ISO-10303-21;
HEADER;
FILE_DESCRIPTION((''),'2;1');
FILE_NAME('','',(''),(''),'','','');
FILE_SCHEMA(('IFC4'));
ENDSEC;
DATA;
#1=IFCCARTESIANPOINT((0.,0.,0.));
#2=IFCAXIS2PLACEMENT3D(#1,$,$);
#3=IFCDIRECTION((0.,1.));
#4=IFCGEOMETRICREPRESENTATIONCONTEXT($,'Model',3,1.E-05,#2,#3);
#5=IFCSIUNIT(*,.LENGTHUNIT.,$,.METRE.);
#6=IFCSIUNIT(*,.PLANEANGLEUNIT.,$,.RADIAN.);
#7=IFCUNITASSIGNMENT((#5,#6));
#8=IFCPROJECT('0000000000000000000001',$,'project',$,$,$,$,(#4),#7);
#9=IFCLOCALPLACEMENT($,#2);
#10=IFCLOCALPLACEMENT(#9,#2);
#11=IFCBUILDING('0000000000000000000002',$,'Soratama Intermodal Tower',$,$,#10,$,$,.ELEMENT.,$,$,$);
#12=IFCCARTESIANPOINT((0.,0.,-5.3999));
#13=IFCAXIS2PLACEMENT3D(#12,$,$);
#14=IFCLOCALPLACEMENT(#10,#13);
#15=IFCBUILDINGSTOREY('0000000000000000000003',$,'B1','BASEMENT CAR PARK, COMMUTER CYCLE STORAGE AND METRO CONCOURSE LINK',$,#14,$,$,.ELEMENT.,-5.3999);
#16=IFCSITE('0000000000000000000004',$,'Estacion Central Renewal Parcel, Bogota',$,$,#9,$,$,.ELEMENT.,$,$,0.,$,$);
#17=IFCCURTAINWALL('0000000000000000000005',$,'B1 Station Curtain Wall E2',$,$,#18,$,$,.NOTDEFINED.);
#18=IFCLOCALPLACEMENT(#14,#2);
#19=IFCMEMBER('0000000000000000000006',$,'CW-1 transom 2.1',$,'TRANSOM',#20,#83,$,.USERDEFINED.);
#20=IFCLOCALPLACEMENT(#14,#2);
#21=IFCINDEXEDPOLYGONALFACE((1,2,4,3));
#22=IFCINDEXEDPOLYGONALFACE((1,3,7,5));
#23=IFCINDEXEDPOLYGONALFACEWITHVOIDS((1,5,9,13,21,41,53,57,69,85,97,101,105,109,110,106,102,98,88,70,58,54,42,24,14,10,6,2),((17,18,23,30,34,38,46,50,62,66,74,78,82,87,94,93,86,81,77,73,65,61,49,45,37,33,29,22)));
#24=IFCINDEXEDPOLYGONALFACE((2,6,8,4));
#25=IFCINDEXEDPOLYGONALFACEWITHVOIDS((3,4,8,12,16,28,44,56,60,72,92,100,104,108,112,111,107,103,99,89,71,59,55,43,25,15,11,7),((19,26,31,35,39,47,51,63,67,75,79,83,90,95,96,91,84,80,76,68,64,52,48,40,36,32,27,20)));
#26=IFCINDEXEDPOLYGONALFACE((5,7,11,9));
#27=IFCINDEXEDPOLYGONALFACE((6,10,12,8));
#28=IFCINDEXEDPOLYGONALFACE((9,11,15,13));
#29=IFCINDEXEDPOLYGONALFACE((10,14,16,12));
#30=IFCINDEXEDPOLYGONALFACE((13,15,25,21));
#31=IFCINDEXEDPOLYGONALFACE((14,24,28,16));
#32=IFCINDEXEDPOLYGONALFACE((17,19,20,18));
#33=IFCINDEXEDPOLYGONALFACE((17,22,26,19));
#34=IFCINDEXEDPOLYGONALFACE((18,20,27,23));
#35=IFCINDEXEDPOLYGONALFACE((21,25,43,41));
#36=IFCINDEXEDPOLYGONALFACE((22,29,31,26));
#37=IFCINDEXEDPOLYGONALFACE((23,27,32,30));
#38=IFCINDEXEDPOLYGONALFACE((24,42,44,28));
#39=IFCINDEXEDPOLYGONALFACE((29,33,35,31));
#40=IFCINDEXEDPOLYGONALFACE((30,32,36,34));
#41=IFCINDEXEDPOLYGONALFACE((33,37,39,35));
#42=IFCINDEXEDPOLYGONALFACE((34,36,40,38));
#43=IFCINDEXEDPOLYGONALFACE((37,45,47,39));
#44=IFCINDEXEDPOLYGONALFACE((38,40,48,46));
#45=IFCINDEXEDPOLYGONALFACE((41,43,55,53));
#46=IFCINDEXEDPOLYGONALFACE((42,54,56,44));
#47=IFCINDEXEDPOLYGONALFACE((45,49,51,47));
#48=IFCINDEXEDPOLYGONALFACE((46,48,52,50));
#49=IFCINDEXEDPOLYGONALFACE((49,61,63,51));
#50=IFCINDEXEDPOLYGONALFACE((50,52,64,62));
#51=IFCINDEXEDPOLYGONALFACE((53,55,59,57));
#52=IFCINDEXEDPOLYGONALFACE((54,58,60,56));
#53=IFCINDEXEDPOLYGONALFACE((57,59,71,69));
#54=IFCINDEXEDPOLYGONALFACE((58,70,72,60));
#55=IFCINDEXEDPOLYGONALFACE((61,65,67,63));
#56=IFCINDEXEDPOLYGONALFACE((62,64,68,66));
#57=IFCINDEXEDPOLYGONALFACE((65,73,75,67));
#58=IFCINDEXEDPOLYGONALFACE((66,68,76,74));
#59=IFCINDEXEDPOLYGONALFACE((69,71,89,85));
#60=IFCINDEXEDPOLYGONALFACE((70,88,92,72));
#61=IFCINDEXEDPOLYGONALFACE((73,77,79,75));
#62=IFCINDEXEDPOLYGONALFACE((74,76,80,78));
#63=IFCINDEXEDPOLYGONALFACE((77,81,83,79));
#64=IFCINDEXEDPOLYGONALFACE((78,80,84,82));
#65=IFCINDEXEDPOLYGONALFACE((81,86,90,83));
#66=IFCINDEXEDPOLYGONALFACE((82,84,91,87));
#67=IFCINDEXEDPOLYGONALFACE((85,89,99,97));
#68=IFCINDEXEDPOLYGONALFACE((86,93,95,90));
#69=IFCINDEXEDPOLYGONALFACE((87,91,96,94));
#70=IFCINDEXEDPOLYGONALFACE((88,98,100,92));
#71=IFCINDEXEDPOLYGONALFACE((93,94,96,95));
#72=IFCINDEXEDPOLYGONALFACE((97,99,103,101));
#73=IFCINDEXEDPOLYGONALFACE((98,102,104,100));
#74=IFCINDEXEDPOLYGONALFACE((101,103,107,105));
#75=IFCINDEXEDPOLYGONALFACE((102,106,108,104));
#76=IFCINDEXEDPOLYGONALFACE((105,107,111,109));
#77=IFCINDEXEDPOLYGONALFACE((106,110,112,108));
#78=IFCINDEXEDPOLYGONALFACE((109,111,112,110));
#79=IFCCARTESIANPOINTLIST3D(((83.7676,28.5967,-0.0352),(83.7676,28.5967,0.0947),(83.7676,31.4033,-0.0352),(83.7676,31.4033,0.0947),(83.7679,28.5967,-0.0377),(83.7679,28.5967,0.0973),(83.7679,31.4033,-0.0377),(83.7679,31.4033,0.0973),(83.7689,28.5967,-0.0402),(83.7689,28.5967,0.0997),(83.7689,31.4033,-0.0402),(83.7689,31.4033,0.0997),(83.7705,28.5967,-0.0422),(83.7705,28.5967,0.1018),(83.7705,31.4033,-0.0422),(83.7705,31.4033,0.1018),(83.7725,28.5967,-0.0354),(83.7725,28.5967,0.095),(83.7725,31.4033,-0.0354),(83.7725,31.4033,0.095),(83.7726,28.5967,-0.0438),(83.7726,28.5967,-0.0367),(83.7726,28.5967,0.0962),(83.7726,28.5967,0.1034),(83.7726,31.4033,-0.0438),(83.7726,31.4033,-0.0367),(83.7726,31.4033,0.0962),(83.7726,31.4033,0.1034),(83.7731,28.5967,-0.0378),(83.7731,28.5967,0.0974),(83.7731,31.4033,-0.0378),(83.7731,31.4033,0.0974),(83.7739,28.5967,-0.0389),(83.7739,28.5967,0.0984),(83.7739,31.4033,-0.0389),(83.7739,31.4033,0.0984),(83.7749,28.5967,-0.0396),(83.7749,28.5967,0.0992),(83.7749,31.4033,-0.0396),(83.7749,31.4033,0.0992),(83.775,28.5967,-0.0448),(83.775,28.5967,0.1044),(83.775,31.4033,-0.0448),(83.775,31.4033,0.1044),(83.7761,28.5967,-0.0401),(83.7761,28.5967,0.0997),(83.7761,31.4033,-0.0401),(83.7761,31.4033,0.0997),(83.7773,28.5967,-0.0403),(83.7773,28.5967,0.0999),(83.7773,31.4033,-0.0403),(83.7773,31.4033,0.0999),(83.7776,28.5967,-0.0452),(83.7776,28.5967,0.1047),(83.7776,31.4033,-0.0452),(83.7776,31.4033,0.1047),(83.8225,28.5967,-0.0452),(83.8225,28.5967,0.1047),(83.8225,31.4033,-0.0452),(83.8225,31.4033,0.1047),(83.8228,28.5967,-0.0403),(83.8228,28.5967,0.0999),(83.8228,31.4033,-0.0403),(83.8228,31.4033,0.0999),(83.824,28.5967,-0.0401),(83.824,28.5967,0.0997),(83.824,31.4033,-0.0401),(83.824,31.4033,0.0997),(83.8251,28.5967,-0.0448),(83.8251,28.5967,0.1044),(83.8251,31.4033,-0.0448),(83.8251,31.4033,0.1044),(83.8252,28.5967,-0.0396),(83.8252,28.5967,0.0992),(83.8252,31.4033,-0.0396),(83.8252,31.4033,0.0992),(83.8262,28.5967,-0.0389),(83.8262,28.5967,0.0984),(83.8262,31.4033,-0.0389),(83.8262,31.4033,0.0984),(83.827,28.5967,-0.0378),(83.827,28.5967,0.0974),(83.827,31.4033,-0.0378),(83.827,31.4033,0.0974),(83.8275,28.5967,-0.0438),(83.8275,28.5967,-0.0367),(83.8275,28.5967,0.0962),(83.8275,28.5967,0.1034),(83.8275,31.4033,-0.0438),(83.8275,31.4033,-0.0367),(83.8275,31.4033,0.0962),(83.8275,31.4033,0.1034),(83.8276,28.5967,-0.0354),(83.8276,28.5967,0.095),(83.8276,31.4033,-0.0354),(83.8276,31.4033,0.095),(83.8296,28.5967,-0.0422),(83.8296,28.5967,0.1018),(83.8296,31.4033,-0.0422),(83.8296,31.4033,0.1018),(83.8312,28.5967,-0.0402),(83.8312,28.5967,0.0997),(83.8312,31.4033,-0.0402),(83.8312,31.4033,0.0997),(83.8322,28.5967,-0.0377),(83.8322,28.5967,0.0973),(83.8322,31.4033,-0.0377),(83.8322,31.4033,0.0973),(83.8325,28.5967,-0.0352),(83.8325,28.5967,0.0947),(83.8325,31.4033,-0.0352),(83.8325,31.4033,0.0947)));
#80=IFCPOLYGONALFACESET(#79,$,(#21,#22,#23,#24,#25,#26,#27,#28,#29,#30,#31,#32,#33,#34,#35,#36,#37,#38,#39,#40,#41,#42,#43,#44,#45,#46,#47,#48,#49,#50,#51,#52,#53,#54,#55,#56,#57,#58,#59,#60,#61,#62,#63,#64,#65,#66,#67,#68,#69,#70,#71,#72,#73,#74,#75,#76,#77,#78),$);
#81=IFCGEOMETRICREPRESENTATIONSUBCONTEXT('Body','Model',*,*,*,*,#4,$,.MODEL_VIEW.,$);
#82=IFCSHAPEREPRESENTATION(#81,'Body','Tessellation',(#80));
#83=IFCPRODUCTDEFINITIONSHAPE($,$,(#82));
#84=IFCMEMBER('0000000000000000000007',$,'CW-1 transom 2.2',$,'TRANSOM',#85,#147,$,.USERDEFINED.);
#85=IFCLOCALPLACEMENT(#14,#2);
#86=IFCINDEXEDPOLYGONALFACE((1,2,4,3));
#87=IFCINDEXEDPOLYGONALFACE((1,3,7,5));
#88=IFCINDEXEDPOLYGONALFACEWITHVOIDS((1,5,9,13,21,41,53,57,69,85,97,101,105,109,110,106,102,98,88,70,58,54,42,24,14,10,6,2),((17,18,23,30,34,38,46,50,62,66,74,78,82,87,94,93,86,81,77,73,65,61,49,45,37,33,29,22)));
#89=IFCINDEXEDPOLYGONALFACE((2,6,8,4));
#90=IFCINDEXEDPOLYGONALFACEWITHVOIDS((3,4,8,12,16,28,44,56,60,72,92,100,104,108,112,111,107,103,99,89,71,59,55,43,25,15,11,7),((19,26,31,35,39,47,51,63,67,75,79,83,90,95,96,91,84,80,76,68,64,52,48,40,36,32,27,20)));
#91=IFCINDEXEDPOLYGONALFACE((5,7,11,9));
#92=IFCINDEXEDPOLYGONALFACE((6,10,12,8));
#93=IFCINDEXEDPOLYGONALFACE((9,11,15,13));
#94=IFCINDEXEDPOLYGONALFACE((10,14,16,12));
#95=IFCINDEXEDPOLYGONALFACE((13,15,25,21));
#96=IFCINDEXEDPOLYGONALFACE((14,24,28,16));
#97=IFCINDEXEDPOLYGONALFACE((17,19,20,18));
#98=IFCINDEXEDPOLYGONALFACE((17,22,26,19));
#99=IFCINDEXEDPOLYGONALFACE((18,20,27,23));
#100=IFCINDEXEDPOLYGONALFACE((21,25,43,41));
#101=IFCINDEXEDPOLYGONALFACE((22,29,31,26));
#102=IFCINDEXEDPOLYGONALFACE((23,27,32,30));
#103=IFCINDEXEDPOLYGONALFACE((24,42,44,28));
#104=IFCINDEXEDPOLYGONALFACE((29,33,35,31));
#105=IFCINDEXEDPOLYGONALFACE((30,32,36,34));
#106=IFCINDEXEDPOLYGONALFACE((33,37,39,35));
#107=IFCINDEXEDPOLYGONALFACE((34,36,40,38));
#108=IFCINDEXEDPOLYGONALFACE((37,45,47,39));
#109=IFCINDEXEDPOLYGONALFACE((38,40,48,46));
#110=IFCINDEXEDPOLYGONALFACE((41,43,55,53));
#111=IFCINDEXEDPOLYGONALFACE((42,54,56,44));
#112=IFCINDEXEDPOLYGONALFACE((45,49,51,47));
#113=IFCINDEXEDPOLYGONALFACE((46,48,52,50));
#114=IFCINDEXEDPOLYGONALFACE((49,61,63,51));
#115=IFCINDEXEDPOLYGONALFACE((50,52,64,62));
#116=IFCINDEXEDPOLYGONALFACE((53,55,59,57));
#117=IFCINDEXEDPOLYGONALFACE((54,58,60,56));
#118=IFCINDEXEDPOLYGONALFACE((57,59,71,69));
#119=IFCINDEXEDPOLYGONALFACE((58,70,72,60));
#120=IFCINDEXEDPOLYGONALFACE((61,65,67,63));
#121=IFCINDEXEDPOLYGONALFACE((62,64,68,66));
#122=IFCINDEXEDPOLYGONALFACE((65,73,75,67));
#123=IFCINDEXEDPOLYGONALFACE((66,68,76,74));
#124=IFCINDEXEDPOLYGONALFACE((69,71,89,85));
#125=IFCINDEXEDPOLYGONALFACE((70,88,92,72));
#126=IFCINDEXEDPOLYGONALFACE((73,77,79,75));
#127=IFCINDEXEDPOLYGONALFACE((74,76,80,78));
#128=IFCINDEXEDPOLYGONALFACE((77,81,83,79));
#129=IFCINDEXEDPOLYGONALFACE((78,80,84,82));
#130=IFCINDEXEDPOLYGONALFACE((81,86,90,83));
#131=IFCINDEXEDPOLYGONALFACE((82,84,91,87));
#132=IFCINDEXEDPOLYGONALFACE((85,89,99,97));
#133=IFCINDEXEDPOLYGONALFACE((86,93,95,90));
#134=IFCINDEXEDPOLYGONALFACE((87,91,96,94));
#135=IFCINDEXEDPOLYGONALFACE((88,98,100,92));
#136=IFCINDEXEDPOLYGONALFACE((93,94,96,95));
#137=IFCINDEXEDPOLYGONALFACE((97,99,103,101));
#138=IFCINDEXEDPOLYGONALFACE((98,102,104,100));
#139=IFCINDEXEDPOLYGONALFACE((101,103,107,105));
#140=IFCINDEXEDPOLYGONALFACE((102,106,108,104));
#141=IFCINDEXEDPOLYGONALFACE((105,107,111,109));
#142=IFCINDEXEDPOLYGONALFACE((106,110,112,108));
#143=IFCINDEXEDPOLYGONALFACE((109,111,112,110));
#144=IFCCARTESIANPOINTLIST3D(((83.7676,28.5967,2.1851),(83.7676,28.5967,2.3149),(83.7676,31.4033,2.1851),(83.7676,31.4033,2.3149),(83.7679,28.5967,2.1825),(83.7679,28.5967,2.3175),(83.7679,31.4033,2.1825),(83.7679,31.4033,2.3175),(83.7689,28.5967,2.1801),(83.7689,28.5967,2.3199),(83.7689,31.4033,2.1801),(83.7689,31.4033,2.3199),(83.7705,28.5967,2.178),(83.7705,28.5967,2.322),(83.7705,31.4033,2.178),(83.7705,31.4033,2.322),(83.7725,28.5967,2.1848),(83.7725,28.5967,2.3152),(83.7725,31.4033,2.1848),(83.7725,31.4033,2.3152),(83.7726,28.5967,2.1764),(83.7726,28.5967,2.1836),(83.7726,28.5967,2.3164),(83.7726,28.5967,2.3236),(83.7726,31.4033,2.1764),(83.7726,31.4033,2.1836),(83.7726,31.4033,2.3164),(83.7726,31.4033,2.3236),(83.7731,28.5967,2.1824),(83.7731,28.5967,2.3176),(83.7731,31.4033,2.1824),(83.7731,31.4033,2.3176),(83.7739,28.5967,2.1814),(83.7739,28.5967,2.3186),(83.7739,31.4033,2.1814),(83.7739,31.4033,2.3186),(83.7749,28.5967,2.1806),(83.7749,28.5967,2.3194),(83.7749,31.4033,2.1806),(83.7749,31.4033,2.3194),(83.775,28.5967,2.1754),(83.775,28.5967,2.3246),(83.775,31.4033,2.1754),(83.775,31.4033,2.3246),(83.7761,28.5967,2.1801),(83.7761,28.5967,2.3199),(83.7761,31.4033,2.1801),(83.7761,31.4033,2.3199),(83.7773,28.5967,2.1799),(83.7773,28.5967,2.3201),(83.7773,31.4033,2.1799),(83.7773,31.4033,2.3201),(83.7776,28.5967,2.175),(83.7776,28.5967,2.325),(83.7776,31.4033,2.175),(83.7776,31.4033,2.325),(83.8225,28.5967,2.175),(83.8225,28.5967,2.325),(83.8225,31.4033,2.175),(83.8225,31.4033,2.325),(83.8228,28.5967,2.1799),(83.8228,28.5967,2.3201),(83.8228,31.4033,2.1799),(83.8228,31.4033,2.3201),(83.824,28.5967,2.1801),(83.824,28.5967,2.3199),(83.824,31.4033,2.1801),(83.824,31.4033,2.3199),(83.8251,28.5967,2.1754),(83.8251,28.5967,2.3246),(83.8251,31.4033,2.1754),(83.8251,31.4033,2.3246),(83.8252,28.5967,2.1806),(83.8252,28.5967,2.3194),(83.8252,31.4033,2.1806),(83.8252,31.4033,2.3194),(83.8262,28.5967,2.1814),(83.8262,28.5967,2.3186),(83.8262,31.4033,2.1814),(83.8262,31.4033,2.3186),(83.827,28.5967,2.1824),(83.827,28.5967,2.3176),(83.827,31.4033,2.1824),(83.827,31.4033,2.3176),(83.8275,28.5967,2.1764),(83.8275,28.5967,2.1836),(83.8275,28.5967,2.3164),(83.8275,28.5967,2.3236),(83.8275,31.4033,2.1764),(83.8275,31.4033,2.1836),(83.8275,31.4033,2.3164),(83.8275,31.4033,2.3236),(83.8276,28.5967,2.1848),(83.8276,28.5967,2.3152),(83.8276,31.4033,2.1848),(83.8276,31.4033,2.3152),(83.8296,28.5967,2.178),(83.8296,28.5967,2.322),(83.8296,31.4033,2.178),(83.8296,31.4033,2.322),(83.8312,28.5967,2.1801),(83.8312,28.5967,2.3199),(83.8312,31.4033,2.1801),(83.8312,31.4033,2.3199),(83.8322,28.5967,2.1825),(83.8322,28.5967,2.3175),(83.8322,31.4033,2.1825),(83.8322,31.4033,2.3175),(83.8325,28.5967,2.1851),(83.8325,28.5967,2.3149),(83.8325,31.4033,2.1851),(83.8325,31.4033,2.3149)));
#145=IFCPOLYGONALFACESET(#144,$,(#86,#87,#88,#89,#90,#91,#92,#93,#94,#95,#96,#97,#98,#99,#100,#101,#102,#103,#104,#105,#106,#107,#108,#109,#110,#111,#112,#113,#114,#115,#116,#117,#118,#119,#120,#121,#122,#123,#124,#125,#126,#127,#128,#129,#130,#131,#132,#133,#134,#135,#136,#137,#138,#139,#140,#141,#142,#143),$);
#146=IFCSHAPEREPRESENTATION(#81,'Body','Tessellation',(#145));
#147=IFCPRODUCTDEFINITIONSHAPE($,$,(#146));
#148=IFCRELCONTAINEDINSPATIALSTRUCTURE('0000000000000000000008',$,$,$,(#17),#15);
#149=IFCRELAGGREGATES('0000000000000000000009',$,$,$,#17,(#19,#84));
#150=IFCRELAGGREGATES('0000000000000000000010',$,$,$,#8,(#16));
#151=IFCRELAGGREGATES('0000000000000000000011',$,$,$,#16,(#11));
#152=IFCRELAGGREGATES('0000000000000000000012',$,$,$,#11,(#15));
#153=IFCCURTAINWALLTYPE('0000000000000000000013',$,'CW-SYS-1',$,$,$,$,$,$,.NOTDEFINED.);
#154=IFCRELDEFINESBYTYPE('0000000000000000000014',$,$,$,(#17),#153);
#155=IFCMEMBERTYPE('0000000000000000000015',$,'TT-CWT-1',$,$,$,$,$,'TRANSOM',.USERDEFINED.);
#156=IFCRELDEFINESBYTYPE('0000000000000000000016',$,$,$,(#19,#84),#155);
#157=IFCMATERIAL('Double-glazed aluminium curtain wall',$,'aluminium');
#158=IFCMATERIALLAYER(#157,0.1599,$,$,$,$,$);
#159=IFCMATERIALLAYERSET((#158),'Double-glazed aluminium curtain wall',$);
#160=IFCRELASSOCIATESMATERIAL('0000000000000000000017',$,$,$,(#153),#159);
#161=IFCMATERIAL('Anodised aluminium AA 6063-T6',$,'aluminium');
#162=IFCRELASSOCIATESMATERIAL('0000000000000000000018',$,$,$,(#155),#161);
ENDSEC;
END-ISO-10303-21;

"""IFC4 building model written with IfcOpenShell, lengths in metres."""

from ifc_helpers import new_model, si_unit, direction, frame, origin, origin_2d, place, context, subcontext, project, spatial, hollow_rectangle, extrude, material, layer, layer_set, material_profile, profile_set, type_object, element, aggregate, save


model = new_model("IFC4")

# Units and contexts
model_context = context("Model", 3, precision=1e-05, world=origin(), true_north=direction((0.0, 1.0)))
body_context = subcontext(model_context, "Body", "Model", "MODEL_VIEW")
ifc_project = project(units=[si_unit("LENGTHUNIT", "METRE"), si_unit("PLANEANGLEUNIT", "RADIAN")], contexts=[model_context])

# Site, building, storey
site_placement = place(None, origin())
site = spatial("IfcSite", under=ifc_project, at=site_placement, Name="Estacion Central Renewal Parcel, Bogota", CompositionType="ELEMENT", RefElevation=0.0)
building_placement = place(site_placement, origin())
building = spatial("IfcBuilding", under=site, at=building_placement, Name="Soratama Intermodal Tower", CompositionType="ELEMENT")
storey_placement = place(building_placement, frame((0.0, 0.0, -5.3999)))
storey = spatial("IfcBuildingStorey", under=building, at=storey_placement, Name="B1", Description="BASEMENT CAR PARK, COMMUTER CYCLE STORAGE AND METRO CONCOURSE LINK", CompositionType="ELEMENT", Elevation=-5.3999)

# Curtain wall, members
ifc_material_1 = material(Name="Double-glazed aluminium curtain wall", Category="aluminium")
ifc_layer_1 = layer(ifc_material_1, 0.1599)
ifc_layer_set_1 = layer_set([ifc_layer_1], Name="Double-glazed aluminium curtain wall")
curtain_wall_type = type_object("IfcCurtainWallType", Name="CW-SYS-1", PredefinedType="NOTDEFINED", material=ifc_layer_set_1)
curtain_wall_placement = place(storey_placement, origin())
curtain_wall = element("IfcCurtainWall", 1, at=curtain_wall_placement, inside=storey, type_object=curtain_wall_type, Name="B1 Station Curtain Wall E2", PredefinedType="NOTDEFINED")
ifc_material_2 = material(Name="Anodised aluminium AA 6063-T6", Category="aluminium")
ifc_material_profile_1 = material_profile(ifc_material_2, hollow_rectangle(XDim=0.0649, YDim=0.1499, WallThickness=0.0049, InnerFilletRadius=0.0049, OuterFilletRadius=0.01, at=origin_2d()), Name="CWT150X65X5")
ifc_profile_set_1 = profile_set([ifc_material_profile_1], Name="Anodised aluminium AA 6063-T6")
member_type_1 = type_object("IfcMemberType", Name="TT-CWT-1", ElementType="TRANSOM", PredefinedType="USERDEFINED", material=ifc_profile_set_1)
member_1_placement = place(storey_placement, frame((83.8, 28.5967, 0.0298), z_axis=(0.0, 1.0, 0.0), x_axis=(-1.0, 0.0, 0.0)))
member_1 = element("IfcMember", 2, at=member_1_placement, type_object=member_type_1, Name="CW-1 transom 2.1", ObjectType="TRANSOM", PredefinedType="USERDEFINED", context=body_context, shape_type="SweptSolid", body=[
    extrude(hollow_rectangle(XDim=0.0649, YDim=0.1499, WallThickness=0.0049, InnerFilletRadius=0.0049, OuterFilletRadius=0.01, at=origin_2d()), origin(), (0.0, 0.0, 1.0), 2.8066),
])
member_2_placement = place(storey_placement, frame((83.8, 28.5967, 2.25), z_axis=(0.0, 1.0, 0.0), x_axis=(-1.0, 0.0, 0.0)))
member_2 = element("IfcMember", 3, at=member_2_placement, type_object=member_type_1, Name="CW-1 transom 2.2", ObjectType="TRANSOM", PredefinedType="USERDEFINED", context=body_context, shape_type="SweptSolid", body=[
    extrude(hollow_rectangle(XDim=0.0649, YDim=0.1499, WallThickness=0.0049, InnerFilletRadius=0.0049, OuterFilletRadius=0.01, at=origin_2d()), origin(), (0.0, 0.0, 1.0), 2.8066),
])
aggregate(curtain_wall, [member_1, member_2])

save(model, "model.ifc")
